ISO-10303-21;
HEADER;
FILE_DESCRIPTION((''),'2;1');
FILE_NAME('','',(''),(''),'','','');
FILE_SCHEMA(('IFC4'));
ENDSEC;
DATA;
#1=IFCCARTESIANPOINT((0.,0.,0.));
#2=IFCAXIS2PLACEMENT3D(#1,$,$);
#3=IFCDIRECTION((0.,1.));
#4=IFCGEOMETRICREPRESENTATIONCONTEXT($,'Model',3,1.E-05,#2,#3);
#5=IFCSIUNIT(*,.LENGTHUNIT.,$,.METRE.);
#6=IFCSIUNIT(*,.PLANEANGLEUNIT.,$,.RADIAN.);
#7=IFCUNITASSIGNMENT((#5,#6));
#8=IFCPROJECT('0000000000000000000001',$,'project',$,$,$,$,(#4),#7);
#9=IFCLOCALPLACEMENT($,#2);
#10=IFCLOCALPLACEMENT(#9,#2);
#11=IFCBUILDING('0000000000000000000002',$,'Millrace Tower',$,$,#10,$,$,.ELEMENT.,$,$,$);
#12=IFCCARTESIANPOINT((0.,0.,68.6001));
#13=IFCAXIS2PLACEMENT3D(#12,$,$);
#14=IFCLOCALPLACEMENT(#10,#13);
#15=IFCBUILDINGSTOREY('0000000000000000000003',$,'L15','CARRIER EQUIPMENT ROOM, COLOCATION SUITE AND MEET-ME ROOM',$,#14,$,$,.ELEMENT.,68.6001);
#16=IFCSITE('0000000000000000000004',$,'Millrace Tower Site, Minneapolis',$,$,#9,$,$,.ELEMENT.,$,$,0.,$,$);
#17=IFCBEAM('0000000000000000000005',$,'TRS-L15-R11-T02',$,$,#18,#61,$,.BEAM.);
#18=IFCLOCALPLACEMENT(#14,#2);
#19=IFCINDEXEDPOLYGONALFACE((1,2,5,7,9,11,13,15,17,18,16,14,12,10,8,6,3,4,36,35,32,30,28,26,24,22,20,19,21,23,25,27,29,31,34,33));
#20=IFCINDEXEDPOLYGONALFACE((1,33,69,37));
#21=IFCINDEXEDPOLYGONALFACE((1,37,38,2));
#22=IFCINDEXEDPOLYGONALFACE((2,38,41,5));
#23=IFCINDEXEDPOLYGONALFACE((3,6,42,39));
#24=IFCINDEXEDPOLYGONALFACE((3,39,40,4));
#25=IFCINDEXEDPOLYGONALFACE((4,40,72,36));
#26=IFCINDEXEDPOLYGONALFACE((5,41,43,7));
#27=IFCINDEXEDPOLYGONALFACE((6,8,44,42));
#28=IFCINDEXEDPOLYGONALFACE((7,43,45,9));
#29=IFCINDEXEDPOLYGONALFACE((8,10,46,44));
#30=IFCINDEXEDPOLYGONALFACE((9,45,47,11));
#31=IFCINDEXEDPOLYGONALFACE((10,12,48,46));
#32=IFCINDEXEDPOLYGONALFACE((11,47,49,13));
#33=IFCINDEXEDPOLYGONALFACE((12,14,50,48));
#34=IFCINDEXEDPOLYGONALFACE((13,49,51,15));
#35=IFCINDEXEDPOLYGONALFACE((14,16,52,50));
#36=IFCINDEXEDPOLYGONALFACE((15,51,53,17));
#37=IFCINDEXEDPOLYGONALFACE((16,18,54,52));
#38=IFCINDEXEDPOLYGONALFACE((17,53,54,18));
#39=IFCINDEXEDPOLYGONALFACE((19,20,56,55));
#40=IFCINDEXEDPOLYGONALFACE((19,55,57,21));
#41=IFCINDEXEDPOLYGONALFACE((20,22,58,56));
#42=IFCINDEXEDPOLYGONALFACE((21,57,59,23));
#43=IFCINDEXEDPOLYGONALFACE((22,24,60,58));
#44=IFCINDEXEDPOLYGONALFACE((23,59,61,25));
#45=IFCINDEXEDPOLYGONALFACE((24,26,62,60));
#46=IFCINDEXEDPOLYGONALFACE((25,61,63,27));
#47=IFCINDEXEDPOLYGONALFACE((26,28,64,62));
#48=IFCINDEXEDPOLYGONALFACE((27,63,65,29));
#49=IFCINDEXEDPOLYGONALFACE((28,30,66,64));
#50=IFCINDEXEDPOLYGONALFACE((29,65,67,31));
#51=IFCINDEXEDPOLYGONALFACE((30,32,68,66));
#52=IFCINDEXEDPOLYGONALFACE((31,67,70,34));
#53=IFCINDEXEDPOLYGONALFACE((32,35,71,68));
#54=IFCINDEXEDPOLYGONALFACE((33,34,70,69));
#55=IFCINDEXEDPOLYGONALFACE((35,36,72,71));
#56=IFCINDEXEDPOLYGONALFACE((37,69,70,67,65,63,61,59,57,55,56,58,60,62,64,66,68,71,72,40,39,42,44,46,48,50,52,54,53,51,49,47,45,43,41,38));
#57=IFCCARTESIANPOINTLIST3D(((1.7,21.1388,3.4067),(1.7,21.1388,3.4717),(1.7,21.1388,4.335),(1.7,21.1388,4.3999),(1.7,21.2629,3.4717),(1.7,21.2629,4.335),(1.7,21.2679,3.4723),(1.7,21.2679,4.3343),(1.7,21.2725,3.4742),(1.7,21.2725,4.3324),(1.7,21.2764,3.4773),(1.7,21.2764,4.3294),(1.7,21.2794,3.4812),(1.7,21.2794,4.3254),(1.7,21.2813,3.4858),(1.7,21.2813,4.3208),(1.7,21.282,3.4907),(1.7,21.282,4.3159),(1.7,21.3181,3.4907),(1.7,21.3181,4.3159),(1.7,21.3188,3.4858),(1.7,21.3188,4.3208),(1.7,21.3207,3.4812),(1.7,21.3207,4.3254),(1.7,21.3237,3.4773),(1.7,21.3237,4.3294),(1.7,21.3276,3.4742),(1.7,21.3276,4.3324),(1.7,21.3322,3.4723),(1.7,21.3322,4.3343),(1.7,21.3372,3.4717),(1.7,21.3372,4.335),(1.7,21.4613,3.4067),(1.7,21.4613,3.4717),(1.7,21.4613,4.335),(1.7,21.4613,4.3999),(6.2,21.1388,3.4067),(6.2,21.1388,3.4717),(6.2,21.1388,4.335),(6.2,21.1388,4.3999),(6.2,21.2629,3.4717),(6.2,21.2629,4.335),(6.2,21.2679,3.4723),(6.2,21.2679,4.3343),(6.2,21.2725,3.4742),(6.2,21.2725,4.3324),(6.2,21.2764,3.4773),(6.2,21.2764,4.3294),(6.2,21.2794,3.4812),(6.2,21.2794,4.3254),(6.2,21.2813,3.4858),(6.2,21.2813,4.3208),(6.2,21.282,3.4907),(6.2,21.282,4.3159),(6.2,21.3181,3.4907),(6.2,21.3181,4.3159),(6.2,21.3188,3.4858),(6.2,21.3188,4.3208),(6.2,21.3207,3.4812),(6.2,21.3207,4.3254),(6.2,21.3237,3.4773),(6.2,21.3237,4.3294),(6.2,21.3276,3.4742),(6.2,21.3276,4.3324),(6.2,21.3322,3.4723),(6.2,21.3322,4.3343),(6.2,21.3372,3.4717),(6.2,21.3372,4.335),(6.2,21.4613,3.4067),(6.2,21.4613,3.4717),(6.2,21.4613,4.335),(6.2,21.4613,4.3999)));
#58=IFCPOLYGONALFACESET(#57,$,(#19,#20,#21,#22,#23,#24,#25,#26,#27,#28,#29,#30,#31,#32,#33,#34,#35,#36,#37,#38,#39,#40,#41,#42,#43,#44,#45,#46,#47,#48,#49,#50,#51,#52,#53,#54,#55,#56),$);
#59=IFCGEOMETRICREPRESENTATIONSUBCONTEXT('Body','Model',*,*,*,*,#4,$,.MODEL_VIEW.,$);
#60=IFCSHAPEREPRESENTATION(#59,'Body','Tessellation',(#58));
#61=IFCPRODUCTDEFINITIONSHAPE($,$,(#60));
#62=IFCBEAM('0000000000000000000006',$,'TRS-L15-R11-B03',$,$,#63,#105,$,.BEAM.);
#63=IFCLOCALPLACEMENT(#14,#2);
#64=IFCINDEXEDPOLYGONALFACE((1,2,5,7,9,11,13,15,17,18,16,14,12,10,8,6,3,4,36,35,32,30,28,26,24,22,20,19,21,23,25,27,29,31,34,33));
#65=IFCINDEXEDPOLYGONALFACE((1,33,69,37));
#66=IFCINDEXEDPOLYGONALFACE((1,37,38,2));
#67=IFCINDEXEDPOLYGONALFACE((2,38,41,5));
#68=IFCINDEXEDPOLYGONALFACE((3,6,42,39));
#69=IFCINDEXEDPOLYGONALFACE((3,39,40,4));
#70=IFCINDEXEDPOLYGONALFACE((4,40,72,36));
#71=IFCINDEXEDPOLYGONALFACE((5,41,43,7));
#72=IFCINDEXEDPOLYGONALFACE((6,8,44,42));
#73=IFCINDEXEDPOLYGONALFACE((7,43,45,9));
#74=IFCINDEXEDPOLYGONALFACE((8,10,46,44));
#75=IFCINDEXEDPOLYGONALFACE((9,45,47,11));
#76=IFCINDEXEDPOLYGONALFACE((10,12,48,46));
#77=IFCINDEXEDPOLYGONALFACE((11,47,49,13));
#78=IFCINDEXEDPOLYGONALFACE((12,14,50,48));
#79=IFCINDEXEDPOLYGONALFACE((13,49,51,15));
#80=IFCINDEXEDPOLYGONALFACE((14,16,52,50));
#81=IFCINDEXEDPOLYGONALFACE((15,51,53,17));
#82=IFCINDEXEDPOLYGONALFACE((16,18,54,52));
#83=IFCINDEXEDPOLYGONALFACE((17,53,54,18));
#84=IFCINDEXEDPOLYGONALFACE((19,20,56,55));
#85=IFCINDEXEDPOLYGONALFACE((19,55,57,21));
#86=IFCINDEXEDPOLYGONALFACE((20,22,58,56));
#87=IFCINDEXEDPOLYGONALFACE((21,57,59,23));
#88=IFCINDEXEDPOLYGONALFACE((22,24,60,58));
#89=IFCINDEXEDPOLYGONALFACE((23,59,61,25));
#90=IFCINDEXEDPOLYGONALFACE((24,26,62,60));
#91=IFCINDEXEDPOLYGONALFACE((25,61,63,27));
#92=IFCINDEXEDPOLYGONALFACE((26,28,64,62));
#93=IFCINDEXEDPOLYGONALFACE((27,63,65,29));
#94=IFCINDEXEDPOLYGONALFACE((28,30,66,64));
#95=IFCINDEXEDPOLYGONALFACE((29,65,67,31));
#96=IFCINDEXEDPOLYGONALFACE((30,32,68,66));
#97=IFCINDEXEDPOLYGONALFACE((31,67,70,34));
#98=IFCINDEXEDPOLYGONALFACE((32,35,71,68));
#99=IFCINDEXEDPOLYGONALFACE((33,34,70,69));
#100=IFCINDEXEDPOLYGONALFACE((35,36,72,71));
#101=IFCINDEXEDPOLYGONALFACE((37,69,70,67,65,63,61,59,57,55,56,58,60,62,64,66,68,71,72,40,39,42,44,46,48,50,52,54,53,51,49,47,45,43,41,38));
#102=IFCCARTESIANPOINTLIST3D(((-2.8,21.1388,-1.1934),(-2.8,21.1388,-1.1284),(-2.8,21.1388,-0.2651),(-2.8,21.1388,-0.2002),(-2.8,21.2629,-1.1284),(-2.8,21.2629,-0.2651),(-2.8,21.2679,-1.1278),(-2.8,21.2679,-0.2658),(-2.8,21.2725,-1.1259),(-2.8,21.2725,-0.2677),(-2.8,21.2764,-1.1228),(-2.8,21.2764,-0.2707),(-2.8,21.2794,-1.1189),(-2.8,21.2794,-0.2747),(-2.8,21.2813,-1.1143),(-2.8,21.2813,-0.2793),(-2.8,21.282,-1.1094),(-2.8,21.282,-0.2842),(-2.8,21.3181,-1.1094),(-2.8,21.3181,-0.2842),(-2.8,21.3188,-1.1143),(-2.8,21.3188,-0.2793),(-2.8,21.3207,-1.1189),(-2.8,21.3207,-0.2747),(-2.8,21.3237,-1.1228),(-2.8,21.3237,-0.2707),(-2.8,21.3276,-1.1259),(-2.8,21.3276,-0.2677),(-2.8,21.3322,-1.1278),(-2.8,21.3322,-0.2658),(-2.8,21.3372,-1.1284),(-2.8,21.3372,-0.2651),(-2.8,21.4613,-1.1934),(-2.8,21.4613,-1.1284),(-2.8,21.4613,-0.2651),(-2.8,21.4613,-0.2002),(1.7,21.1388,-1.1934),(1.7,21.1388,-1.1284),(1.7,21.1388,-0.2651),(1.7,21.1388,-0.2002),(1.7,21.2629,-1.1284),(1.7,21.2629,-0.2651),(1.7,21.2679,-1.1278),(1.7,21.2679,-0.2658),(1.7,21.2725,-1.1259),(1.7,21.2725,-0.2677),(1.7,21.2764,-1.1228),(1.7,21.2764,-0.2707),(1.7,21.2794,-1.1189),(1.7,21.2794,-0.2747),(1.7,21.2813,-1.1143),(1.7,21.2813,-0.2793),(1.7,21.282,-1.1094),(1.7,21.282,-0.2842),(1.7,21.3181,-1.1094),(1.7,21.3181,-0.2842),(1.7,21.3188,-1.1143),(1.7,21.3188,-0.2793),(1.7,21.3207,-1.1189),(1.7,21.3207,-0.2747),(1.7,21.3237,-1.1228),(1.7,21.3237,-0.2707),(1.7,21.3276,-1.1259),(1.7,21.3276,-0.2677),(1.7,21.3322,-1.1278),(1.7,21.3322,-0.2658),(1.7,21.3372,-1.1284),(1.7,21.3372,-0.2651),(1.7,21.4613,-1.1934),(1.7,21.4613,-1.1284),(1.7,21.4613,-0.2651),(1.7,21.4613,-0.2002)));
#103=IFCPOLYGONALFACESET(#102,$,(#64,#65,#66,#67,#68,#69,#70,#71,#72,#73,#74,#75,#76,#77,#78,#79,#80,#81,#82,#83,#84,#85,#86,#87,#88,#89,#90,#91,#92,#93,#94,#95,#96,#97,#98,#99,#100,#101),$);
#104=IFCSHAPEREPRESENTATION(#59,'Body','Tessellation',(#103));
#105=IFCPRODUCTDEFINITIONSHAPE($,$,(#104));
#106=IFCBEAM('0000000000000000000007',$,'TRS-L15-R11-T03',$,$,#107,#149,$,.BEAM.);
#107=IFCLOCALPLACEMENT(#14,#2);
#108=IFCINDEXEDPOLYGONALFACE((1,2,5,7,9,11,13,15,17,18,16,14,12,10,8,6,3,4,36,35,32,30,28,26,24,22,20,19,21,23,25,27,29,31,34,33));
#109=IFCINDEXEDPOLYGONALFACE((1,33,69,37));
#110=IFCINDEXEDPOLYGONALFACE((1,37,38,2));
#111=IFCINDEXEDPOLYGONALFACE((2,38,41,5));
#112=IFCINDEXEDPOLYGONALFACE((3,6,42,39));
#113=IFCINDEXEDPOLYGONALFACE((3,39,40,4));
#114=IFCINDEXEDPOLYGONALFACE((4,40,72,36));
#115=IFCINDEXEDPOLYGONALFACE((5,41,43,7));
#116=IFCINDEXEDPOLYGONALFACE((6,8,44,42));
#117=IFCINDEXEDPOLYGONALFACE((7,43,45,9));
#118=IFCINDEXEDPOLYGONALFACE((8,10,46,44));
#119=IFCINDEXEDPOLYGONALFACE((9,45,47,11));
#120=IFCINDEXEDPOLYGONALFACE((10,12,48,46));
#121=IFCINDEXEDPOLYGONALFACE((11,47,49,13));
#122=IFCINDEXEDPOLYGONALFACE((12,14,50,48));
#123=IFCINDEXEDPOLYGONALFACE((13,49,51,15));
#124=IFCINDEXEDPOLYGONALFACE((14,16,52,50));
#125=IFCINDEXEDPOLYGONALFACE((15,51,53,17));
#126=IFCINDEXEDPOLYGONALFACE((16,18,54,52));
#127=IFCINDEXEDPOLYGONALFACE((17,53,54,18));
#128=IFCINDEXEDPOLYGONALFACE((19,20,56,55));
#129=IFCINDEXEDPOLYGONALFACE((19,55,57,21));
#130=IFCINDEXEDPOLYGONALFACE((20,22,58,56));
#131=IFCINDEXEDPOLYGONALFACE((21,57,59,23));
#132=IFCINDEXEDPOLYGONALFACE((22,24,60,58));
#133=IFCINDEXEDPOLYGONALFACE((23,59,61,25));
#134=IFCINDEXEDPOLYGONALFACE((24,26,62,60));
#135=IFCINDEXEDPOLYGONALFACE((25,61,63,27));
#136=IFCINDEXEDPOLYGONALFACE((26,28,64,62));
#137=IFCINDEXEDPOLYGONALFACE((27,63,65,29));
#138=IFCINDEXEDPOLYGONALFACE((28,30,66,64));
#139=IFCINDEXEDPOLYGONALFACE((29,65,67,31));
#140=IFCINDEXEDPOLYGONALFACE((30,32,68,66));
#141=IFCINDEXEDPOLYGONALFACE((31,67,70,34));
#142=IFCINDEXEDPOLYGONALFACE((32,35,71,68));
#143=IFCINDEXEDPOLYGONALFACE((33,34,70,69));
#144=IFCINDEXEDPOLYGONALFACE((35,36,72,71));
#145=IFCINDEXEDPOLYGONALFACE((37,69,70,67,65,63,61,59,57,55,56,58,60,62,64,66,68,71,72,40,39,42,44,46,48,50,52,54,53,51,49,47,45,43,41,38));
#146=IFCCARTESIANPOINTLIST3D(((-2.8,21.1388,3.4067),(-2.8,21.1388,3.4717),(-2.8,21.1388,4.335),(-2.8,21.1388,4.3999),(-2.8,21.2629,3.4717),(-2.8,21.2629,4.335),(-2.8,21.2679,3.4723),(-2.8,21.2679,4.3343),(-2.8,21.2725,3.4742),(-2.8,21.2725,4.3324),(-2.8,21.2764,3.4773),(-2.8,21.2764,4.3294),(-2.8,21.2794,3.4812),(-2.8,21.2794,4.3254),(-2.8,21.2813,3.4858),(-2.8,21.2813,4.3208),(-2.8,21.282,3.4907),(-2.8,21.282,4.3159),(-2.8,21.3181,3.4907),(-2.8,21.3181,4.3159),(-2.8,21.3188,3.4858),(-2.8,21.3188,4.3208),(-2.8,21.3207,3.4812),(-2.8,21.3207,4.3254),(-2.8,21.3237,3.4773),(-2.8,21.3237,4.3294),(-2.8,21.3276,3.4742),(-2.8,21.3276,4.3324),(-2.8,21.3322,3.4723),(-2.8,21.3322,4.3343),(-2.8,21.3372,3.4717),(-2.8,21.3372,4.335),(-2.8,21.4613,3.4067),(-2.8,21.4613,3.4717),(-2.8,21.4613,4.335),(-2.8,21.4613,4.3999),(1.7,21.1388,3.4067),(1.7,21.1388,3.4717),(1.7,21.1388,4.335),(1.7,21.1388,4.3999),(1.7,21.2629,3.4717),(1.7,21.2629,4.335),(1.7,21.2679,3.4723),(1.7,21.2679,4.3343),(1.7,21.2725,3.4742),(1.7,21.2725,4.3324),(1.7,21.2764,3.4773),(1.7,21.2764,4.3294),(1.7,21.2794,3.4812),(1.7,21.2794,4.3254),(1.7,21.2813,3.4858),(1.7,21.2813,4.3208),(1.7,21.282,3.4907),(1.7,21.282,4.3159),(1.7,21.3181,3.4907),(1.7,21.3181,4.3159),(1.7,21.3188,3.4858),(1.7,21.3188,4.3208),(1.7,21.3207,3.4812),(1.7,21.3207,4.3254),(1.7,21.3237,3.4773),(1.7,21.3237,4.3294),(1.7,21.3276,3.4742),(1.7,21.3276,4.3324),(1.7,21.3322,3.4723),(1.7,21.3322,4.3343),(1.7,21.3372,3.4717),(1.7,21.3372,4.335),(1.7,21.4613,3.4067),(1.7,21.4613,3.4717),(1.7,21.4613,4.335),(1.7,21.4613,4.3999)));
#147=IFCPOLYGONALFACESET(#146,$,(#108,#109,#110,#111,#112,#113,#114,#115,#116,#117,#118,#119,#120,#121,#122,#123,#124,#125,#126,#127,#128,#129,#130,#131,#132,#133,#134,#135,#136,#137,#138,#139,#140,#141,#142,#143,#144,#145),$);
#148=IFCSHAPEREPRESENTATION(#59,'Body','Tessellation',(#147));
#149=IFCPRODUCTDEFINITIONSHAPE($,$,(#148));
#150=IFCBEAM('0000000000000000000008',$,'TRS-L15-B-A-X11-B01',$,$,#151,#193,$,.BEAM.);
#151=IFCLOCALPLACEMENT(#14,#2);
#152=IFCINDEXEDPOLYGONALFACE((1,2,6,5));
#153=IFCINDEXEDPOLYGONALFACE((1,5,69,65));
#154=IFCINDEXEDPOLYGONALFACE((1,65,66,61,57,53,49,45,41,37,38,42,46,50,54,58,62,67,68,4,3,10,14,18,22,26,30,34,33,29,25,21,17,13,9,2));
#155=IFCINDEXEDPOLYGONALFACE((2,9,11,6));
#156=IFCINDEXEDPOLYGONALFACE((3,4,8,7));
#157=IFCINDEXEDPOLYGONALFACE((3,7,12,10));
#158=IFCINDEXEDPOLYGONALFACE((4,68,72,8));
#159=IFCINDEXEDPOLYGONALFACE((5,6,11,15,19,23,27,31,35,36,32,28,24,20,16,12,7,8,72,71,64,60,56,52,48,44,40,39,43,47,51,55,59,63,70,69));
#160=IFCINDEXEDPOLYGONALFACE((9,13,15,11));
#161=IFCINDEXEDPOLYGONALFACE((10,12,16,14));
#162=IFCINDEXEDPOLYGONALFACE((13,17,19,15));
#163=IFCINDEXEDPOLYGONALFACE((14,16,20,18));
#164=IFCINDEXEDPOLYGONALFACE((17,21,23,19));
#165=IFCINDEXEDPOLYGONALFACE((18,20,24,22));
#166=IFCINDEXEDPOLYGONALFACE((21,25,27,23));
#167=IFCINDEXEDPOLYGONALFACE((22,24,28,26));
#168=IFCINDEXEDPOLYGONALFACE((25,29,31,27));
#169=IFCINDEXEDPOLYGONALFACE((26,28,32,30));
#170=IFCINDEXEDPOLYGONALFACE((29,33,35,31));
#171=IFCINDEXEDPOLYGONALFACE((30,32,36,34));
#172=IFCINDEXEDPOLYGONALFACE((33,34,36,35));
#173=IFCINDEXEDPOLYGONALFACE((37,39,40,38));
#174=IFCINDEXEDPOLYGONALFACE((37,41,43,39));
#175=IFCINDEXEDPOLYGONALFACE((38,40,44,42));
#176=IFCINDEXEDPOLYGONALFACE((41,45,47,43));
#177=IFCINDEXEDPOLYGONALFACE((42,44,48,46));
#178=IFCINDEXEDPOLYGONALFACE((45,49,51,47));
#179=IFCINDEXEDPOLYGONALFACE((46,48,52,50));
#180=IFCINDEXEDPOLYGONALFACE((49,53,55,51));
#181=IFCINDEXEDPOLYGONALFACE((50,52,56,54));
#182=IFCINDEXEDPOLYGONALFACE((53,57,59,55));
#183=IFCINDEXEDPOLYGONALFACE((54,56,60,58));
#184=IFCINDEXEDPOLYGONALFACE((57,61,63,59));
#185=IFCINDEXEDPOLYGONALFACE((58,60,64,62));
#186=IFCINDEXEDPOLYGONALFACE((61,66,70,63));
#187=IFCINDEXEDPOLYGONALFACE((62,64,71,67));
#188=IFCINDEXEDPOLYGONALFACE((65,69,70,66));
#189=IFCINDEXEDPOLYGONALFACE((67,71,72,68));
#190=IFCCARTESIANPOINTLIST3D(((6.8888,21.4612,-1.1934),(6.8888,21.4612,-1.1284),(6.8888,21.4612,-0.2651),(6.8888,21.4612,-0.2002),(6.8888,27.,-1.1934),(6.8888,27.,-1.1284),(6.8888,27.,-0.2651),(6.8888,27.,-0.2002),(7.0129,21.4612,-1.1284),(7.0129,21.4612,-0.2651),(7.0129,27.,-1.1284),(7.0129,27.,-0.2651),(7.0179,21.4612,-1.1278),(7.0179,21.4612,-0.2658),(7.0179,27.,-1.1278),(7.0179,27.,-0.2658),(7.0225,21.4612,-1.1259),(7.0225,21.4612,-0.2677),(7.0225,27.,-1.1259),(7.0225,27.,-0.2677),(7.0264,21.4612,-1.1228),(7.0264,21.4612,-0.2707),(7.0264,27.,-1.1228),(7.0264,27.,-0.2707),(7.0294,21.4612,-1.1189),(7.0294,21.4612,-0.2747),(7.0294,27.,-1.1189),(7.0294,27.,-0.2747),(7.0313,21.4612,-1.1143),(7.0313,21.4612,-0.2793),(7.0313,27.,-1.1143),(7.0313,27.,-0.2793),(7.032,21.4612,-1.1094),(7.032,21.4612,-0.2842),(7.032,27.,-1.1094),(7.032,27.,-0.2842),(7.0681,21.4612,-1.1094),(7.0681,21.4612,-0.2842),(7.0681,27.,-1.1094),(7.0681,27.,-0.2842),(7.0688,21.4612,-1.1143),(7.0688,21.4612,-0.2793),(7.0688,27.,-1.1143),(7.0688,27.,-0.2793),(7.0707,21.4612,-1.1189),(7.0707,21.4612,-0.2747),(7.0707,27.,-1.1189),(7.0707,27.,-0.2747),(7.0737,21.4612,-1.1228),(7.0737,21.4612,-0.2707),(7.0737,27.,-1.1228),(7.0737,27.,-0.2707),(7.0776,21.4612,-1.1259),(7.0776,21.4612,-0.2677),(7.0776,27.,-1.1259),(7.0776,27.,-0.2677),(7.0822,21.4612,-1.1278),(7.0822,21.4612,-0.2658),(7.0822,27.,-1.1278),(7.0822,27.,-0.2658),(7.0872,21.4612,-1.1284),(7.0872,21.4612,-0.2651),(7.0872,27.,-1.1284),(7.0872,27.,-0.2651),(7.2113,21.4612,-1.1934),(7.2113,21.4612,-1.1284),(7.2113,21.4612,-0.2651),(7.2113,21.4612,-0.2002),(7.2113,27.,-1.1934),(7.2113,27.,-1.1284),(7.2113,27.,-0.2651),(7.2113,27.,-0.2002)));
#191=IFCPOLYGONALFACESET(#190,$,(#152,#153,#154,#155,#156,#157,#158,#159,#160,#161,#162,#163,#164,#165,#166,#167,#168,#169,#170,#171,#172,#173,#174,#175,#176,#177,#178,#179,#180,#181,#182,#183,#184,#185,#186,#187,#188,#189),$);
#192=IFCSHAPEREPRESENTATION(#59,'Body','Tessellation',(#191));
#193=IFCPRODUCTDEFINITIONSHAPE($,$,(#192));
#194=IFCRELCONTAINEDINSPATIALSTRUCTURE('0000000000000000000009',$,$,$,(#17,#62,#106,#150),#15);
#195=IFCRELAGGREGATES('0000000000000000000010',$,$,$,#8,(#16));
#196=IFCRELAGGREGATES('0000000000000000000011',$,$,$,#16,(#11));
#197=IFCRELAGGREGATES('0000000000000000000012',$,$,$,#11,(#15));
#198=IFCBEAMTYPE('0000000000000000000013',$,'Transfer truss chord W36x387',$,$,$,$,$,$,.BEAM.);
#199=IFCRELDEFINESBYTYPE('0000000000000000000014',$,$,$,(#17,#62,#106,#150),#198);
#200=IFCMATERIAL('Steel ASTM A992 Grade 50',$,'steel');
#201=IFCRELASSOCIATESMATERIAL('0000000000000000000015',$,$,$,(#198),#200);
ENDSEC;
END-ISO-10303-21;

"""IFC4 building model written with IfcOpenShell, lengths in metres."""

from ifc_helpers import new_model, si_unit, direction, frame, origin, origin_2d, place, context, subcontext, project, spatial, i_section, extrude, material, material_profile, profile_set, type_object, element, save


model = new_model("IFC4")

# Units and contexts
model_context = context("Model", 3, precision=1e-05, world=origin(), true_north=direction((0.0, 1.0)))
body_context = subcontext(model_context, "Body", "Model", "MODEL_VIEW")
ifc_project = project(units=[si_unit("LENGTHUNIT", "METRE"), si_unit("PLANEANGLEUNIT", "RADIAN")], contexts=[model_context])

# Site, building, storey
site_placement = place(None, origin())
site = spatial("IfcSite", under=ifc_project, at=site_placement, Name="Millrace Tower Site, Minneapolis", CompositionType="ELEMENT", RefElevation=0.0)
building_placement = place(site_placement, origin())
building = spatial("IfcBuilding", under=site, at=building_placement, Name="Millrace Tower", CompositionType="ELEMENT")
storey_placement = place(building_placement, frame((0.0, 0.0, 68.6001)))
storey = spatial("IfcBuildingStorey", under=building, at=storey_placement, Name="L15", Description="CARRIER EQUIPMENT ROOM, COLOCATION SUITE AND MEET-ME ROOM", CompositionType="ELEMENT", Elevation=68.6001)

# Beams
ifc_material_1 = material(Name="Steel ASTM A992 Grade 50", Category="steel")
ifc_material_profile_1 = material_profile(ifc_material_1, i_section(OverallWidth=0.3225, OverallDepth=0.9932, WebThickness=0.0361, FlangeThickness=0.0649, FilletRadius=0.019, at=origin_2d()))
ifc_profile_set_1 = profile_set([ifc_material_profile_1], Name="Steel ASTM A992 Grade 50")
beam_type_1 = type_object("IfcBeamType", Name="Transfer truss chord W36x387", PredefinedType="BEAM", material=ifc_profile_set_1)
for number, where, z_axis, x_axis, name in (
    (1, (6.2, 21.3, 3.9033), (-1.0, 0.0, 0.0), (0.0, -1.0, 0.0), "TRS-L15-R11-T02"),
    (2, (1.7, 21.3, -0.6968), (-1.0, 0.0, 0.0), (0.0, -1.0, 0.0), "TRS-L15-R11-B03"),
    (3, (1.7, 21.3, 3.9033), (-1.0, 0.0, 0.0), (0.0, -1.0, 0.0), "TRS-L15-R11-T03"),
):
    element("IfcBeam", number, at=place(storey_placement, frame(where, z_axis=z_axis, x_axis=x_axis)), inside=storey, type_object=beam_type_1, Name=name, PredefinedType="BEAM", context=body_context, shape_type="SweptSolid", body=[
        extrude(i_section(OverallWidth=0.3225, OverallDepth=0.9932, WebThickness=0.0361, FlangeThickness=0.0649, FilletRadius=0.019, at=origin_2d()), origin(), (0.0, 0.0, 1.0), 4.5),
    ])
for number, where, z_axis, x_axis, name in (
    (4, (7.05, 27.0, -0.6968), (0.0, -1.0, 0.0), (1.0, 0.0, 0.0), "TRS-L15-B-A-X11-B01"),
):
    element("IfcBeam", number, at=place(storey_placement, frame(where, z_axis=z_axis, x_axis=x_axis)), inside=storey, type_object=beam_type_1, Name=name, PredefinedType="BEAM", context=body_context, shape_type="SweptSolid", body=[
        extrude(i_section(OverallWidth=0.3225, OverallDepth=0.9932, WebThickness=0.0361, FlangeThickness=0.0649, FilletRadius=0.019, at=origin_2d()), origin(), (0.0, 0.0, 1.0), 5.5388),
    ])

save(model, "model.ifc")
